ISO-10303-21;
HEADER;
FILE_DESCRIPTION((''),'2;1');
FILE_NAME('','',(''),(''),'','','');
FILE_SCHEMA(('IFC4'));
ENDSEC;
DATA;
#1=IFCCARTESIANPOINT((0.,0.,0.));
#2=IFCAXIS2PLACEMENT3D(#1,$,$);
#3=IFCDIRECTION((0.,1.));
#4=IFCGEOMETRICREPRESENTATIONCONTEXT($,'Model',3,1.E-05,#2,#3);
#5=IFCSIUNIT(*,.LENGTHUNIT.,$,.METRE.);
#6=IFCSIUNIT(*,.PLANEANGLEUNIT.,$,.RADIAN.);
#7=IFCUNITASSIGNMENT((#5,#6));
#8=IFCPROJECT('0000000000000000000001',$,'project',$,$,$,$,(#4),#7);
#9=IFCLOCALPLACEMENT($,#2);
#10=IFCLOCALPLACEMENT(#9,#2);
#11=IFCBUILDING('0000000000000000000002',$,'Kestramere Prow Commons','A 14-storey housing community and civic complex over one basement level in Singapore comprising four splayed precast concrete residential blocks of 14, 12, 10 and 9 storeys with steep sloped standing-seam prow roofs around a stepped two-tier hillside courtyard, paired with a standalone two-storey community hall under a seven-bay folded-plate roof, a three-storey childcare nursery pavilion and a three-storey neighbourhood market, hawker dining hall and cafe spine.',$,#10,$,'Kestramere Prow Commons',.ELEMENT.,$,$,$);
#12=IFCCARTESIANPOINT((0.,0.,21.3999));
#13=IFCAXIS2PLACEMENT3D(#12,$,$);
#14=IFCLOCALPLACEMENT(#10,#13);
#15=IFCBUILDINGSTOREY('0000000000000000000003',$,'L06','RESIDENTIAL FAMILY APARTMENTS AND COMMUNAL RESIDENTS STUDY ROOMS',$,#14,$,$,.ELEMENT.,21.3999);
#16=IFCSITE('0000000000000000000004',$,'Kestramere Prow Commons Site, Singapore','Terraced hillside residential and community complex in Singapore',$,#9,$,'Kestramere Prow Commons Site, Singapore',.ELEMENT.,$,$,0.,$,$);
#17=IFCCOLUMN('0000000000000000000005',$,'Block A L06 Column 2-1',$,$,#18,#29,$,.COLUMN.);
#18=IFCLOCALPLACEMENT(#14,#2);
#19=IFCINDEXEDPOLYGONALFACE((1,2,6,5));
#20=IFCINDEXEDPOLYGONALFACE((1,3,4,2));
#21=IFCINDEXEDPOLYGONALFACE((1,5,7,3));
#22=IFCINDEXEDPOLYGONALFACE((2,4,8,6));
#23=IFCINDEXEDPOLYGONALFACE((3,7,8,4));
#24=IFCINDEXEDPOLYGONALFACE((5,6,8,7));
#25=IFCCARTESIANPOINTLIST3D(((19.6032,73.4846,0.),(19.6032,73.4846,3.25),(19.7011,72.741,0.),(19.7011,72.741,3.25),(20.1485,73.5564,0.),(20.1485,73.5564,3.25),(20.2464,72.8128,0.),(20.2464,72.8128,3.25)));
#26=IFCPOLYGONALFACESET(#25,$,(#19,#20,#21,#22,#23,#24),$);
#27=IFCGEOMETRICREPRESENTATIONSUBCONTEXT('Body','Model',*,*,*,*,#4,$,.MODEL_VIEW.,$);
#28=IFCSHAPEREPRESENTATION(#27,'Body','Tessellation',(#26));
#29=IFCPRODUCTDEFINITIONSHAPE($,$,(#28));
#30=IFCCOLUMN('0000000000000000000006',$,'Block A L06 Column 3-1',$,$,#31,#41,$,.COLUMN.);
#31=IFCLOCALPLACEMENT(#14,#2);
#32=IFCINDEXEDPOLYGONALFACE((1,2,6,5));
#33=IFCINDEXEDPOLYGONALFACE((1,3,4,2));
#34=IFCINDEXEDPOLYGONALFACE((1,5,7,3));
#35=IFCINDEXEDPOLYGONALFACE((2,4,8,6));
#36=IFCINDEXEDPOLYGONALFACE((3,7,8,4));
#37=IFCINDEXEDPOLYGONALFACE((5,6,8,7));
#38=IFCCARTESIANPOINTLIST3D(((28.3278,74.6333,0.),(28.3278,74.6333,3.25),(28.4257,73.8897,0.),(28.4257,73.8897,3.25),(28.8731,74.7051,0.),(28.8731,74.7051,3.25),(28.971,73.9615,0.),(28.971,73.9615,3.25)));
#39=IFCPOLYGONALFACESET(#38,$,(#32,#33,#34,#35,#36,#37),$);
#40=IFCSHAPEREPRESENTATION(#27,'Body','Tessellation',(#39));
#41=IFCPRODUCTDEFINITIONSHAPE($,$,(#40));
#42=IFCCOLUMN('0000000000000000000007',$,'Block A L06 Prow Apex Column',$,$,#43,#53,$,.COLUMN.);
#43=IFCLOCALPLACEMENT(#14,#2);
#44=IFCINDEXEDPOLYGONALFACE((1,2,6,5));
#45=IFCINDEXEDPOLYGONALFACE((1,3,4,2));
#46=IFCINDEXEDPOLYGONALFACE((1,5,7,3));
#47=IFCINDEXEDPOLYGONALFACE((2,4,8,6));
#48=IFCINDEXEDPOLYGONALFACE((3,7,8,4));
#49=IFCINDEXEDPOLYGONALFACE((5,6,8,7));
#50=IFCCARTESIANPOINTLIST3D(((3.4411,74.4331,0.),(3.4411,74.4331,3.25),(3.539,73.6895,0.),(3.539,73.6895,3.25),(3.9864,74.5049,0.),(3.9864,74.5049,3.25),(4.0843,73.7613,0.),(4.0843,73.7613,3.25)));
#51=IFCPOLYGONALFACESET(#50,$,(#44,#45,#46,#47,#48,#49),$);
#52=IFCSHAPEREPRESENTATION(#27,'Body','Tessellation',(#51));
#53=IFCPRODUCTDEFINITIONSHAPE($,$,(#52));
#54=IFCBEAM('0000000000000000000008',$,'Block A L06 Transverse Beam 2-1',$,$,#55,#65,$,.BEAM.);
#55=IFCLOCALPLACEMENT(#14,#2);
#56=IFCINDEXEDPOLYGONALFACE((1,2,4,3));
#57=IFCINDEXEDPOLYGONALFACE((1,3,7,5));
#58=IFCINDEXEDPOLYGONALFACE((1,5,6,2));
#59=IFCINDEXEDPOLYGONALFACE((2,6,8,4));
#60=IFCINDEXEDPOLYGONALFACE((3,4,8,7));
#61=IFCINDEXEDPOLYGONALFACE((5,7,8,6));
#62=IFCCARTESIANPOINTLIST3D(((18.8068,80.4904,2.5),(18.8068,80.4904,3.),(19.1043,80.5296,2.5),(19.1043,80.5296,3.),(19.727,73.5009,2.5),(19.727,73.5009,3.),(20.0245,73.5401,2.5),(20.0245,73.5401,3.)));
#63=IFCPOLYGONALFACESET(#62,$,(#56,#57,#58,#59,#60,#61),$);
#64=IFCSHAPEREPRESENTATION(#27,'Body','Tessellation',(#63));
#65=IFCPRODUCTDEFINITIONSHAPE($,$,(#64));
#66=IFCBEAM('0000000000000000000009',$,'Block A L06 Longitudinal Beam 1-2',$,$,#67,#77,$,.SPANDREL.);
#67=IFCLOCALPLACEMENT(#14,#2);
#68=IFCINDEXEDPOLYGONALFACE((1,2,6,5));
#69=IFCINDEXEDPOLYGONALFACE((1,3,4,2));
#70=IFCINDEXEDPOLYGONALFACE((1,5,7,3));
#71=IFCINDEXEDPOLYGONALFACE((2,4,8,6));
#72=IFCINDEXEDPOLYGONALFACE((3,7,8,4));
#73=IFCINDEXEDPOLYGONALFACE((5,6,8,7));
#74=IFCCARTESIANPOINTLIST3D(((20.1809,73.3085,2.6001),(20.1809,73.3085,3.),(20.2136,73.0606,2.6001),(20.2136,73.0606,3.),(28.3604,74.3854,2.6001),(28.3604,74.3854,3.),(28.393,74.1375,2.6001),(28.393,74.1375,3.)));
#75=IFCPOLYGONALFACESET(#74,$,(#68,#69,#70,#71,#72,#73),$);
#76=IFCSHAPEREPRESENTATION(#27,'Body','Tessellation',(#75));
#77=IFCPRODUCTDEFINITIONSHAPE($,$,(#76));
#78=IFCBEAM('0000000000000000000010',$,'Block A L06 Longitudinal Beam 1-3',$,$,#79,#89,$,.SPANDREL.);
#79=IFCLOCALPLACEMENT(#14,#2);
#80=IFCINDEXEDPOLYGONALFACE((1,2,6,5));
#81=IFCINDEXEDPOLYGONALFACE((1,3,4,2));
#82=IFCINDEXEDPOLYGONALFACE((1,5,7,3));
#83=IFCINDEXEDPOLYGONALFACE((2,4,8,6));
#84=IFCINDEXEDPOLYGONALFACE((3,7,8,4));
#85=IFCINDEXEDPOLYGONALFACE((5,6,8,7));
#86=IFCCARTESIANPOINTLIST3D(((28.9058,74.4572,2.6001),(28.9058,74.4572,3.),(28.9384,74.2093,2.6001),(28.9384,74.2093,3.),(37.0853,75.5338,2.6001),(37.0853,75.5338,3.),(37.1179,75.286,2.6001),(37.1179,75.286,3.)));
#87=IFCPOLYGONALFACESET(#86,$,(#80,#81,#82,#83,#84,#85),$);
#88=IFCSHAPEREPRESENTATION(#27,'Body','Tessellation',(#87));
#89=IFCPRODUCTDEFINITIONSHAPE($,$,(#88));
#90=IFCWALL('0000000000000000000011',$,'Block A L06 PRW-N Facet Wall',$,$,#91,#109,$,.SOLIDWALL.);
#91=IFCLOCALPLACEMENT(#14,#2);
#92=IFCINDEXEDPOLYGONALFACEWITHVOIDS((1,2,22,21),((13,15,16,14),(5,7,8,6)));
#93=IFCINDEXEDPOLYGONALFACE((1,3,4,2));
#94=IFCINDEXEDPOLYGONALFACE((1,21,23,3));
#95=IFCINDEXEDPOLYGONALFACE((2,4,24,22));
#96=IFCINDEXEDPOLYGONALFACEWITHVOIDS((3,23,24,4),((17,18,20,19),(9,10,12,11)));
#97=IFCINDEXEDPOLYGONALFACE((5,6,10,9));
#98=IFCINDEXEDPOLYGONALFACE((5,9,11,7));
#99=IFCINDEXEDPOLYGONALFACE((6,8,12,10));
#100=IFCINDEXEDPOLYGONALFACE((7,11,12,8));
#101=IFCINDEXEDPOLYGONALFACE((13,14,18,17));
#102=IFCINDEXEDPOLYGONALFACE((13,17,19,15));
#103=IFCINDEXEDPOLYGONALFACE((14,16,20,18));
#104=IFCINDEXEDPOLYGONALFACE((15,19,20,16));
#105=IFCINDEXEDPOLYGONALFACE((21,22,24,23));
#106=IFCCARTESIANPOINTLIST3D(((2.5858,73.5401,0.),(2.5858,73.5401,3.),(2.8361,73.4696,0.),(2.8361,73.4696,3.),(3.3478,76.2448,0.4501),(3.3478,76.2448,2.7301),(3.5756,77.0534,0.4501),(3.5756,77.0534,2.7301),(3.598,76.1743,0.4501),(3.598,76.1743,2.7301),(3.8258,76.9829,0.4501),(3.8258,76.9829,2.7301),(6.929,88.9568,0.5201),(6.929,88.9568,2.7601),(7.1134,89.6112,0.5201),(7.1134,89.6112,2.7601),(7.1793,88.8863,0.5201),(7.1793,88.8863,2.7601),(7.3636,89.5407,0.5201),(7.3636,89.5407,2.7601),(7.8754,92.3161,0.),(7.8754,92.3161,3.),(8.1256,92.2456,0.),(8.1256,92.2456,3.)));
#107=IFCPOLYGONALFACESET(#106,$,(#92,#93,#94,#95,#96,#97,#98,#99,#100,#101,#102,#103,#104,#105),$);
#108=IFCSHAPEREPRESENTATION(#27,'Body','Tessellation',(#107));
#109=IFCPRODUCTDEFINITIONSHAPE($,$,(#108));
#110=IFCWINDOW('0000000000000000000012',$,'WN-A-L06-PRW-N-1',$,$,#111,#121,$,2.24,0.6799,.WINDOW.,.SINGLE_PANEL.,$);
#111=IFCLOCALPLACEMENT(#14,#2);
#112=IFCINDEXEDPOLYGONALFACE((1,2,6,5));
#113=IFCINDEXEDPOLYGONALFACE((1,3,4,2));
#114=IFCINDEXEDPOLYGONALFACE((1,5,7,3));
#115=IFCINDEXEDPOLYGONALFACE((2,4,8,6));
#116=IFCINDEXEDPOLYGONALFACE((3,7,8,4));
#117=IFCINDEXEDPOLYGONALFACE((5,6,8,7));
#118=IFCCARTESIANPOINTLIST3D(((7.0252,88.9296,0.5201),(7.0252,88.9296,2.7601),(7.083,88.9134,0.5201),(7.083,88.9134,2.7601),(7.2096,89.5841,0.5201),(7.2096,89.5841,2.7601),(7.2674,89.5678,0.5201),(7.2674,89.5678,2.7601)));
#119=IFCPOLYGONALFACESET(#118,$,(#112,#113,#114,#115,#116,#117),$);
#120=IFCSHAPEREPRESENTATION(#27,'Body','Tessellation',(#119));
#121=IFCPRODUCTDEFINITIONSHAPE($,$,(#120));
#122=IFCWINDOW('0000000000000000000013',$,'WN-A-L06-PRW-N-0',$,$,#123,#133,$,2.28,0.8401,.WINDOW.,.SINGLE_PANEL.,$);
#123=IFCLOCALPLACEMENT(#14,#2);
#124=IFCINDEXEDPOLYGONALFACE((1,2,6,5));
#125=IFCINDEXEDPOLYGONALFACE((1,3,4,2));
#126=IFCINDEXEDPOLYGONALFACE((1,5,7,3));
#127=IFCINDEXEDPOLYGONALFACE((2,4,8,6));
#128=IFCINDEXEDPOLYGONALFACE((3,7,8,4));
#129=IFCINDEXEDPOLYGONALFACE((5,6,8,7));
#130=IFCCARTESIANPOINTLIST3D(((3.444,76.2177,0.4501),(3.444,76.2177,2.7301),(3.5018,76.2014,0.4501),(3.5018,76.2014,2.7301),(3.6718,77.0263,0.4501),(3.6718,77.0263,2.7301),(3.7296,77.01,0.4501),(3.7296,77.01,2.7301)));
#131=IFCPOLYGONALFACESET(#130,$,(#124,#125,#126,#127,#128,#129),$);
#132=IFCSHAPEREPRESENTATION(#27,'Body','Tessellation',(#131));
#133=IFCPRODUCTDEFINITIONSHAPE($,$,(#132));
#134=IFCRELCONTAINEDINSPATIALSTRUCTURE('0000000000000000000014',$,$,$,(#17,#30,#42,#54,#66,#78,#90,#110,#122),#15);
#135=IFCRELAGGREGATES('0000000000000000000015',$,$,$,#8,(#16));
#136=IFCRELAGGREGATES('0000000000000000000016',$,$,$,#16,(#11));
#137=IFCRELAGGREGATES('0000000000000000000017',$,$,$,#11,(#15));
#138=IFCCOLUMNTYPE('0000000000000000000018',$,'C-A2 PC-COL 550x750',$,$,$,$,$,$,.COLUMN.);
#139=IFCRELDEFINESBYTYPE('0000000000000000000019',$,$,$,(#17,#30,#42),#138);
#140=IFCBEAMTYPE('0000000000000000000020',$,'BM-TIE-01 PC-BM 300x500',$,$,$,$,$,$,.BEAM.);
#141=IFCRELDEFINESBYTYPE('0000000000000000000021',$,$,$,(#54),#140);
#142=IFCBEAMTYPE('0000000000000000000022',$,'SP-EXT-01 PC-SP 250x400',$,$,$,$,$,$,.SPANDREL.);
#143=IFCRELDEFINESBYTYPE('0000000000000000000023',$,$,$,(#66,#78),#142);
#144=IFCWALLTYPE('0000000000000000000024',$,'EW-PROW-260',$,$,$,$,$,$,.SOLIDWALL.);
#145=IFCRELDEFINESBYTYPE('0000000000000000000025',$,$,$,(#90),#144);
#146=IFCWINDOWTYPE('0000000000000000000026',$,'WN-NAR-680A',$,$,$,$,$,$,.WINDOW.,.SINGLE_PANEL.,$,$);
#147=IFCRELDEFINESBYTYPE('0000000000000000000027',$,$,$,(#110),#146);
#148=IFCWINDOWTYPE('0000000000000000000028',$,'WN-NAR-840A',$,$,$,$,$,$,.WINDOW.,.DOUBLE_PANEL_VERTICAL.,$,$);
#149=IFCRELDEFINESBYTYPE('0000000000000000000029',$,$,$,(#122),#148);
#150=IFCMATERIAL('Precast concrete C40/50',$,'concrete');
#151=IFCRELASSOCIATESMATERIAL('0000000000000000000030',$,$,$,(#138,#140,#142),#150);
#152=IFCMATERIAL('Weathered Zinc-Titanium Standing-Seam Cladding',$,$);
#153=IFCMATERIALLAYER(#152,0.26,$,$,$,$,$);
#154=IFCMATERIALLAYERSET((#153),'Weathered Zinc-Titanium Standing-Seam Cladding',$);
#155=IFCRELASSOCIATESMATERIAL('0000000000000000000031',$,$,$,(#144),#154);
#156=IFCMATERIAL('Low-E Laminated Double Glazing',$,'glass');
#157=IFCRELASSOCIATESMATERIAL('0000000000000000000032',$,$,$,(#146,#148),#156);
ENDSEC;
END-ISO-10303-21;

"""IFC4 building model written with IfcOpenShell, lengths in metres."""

from ifc_helpers import new_model, si_unit, direction, frame, frame_2d, origin, origin_2d, place, context, subcontext, project, spatial, rectangle, extrude, material, layer, layer_set, material_profile, profile_set, type_object, element, fill, save


model = new_model("IFC4")

# Units and contexts
model_context = context("Model", 3, precision=1e-05, world=origin(), true_north=direction((0.0, 1.0)))
body_context = subcontext(model_context, "Body", "Model", "MODEL_VIEW")
ifc_project = project(units=[si_unit("LENGTHUNIT", "METRE"), si_unit("PLANEANGLEUNIT", "RADIAN")], contexts=[model_context])

# Site, building, storey
site_placement = place(None, origin())
site = spatial("IfcSite", under=ifc_project, at=site_placement, Name="Kestramere Prow Commons Site, Singapore", Description="Terraced hillside residential and community complex in Singapore", LongName="Kestramere Prow Commons Site, Singapore", CompositionType="ELEMENT", RefElevation=0.0)
building_placement = place(site_placement, origin())
building = spatial("IfcBuilding", under=site, at=building_placement, Name="Kestramere Prow Commons", Description="A 14-storey housing community and civic complex over one basement level in Singapore comprising four splayed precast concrete residential blocks of 14, 12, 10 and 9 storeys with steep sloped standing-seam prow roofs around a stepped two-tier hillside courtyard, paired with a standalone two-storey community hall under a seven-bay folded-plate roof, a three-storey childcare nursery pavilion and a three-storey neighbourhood market, hawker dining hall and cafe spine.", LongName="Kestramere Prow Commons", CompositionType="ELEMENT")
storey_placement = place(building_placement, frame((0.0, 0.0, 21.3999)))
storey = spatial("IfcBuildingStorey", under=building, at=storey_placement, Name="L06", Description="RESIDENTIAL FAMILY APARTMENTS AND COMMUNAL RESIDENTS STUDY ROOMS", CompositionType="ELEMENT", Elevation=21.3999)

# Columns
ifc_material_1 = material(Name="Precast concrete C40/50", Category="concrete")
ifc_material_profile_1 = material_profile(ifc_material_1, rectangle(XDim=0.55, YDim=0.75, at=origin_2d()), Name="PC-COL 550x750")
ifc_profile_set_1 = profile_set([ifc_material_profile_1], Name="Precast concrete C40/50")
column_type = type_object("IfcColumnType", Name="C-A2 PC-COL 550x750", PredefinedType="COLUMN", material=ifc_profile_set_1)
for number, where, z_axis, x_axis, name in (
    (1, (19.9248, 73.1487, 0.0), (0.0, 0.0, 1.0), (0.991445, 0.130526, 0.0), "Block A L06 Column 2-1"),
    (2, (28.6494, 74.2974, 0.0), (0.0, 0.0, 1.0), (0.991445, 0.130526, 0.0), "Block A L06 Column 3-1"),
    (3, (3.7627, 74.0972, 0.0), (0.0, 0.0, 1.0), (0.991445, 0.130526, 0.0), "Block A L06 Prow Apex Column"),
):
    element("IfcColumn", number, at=place(storey_placement, frame(where, z_axis=z_axis, x_axis=x_axis)), inside=storey, type_object=column_type, Name=name, PredefinedType="COLUMN", context=body_context, shape_type="SweptSolid", body=[
        extrude(rectangle(XDim=0.55, YDim=0.75, at=origin_2d()), origin(), (0.0, 0.0, 1.0), 3.25),
    ])

# Beams
ifc_material_profile_2 = material_profile(ifc_material_1, rectangle(XDim=0.3, YDim=0.5, at=origin_2d()), Name="PC-BM 300x500")
ifc_profile_set_2 = profile_set([ifc_material_profile_2], Name="Precast concrete C40/50")
beam_type_1 = type_object("IfcBeamType", Name="BM-TIE-01 PC-BM 300x500", PredefinedType="BEAM", material=ifc_profile_set_2)
beam_placement = place(storey_placement, frame((19.8757, 73.5205, 2.75), z_axis=(-0.130523, 0.991445, 0.0), x_axis=(-0.991445, -0.130523, 0.0)))
element("IfcBeam", 4, at=beam_placement, inside=storey, type_object=beam_type_1, Name="Block A L06 Transverse Beam 2-1", PredefinedType="BEAM", context=body_context, shape_type="SweptSolid", body=[
    extrude(rectangle(XDim=0.3, YDim=0.5, at=origin_2d()), origin(), (0.0, 0.0, 1.0), 7.0498),
])
ifc_material_profile_3 = material_profile(ifc_material_1, rectangle(XDim=0.25, YDim=0.3999, at=origin_2d()), Name="PC-SP 250x400")
ifc_profile_set_3 = profile_set([ifc_material_profile_3], Name="Precast concrete C40/50")
beam_type_2 = type_object("IfcBeamType", Name="SP-EXT-01 PC-SP 250x400", PredefinedType="SPANDREL", material=ifc_profile_set_3)
for number, where, z_axis, x_axis, name in (
    (5, (20.1973, 73.1846, 2.8), (0.991444, 0.130533, 0.0), (-0.130533, 0.991444, 0.0), "Block A L06 Longitudinal Beam 1-2"),
    (6, (28.9221, 74.3333, 2.8), (0.991448, 0.130504, 0.0), (-0.130504, 0.991448, 0.0), "Block A L06 Longitudinal Beam 1-3"),
):
    element("IfcBeam", number, at=place(storey_placement, frame(where, z_axis=z_axis, x_axis=x_axis)), inside=storey, type_object=beam_type_2, Name=name, PredefinedType="SPANDREL", context=body_context, shape_type="SweptSolid", body=[
        extrude(rectangle(XDim=0.25, YDim=0.3999, at=origin_2d()), origin(), (0.0, 0.0, 1.0), 8.25),
    ])

# Wall, openings, windows
ifc_material_2 = material(Name="Weathered Zinc-Titanium Standing-Seam Cladding")
ifc_layer_1 = layer(ifc_material_2, 0.26)
ifc_layer_set_1 = layer_set([ifc_layer_1], Name="Weathered Zinc-Titanium Standing-Seam Cladding")
wall_type_1 = type_object("IfcWallType", Name="EW-PROW-260", PredefinedType="SOLIDWALL", material=ifc_layer_set_1)
wall_1_placement = place(storey_placement, frame((2.7109, 73.5049, 0.0), z_axis=(0.0, 0.0, 1.0), x_axis=(0.271165, 0.962533, 0.0)))
wall_1 = element("IfcWall", 7, at=wall_1_placement, inside=storey, type_object=wall_type_1, Name="Block A L06 PRW-N Facet Wall", PredefinedType="SOLIDWALL", context=body_context, shape_type="SweptSolid", body=[
    extrude(rectangle(XDim=19.5068, YDim=0.26, at=frame_2d((9.7534, 0.0))), origin(), (0.0, 0.0, 1.0), 3.0),
])
opening_1_placement = place(wall_1_placement, frame((2.8101, 0.0, 0.45)))
opening_1 = element("IfcOpeningElement", 8, at=opening_1_placement, cuts=wall_1, PredefinedType="OPENING", context=body_context, shape_type="SweptSolid", body=[
    extrude(rectangle(XDim=0.8401, YDim=2.28, at=frame_2d((0.4199, 1.1401))), frame((0.0, 0.145, 0.0), z_axis=(0.0, -1.0, 0.0), x_axis=(1.0, 0.0, 0.0)), (0.0, 0.0, 1.0), 0.29),
])
opening_2_placement = place(wall_1_placement, frame((16.0168, 0.0, 0.52)))
opening_2 = element("IfcOpeningElement", 9, at=opening_2_placement, cuts=wall_1, PredefinedType="OPENING", context=body_context, shape_type="SweptSolid", body=[
    extrude(rectangle(XDim=0.6799, YDim=2.24, at=frame_2d((0.3398, 1.1201))), frame((0.0, 0.145, 0.0), z_axis=(0.0, -1.0, 0.0), x_axis=(1.0, 0.0, 0.0)), (0.0, 0.0, 1.0), 0.29),
])
ifc_material_3 = material(Name="Low-E Laminated Double Glazing", Category="glass")
window_type_1 = type_object("IfcWindowType", Name="WN-NAR-680A", PartitioningType="SINGLE_PANEL", PredefinedType="WINDOW", material=ifc_material_3)
window_1_placement = place(opening_2_placement, origin())
window_1 = element("IfcWindow", 10, at=window_1_placement, inside=storey, type_object=window_type_1, Name="WN-A-L06-PRW-N-1", OverallHeight=2.24, OverallWidth=0.6799, PartitioningType="SINGLE_PANEL", PredefinedType="WINDOW", context=body_context, shape_type="SweptSolid", body=[
    extrude(rectangle(XDim=0.6799, YDim=2.24, at=frame_2d((0.3398, 1.1201))), frame((0.0, 0.03, 0.0), z_axis=(0.0, -1.0, 0.0), x_axis=(1.0, 0.0, 0.0)), (0.0, 0.0, 1.0), 0.0601),
])
fill(opening_2, window_1)
window_type_2 = type_object("IfcWindowType", Name="WN-NAR-840A", PartitioningType="DOUBLE_PANEL_VERTICAL", PredefinedType="WINDOW", material=ifc_material_3)
window_2_placement = place(opening_1_placement, origin())
window_2 = element("IfcWindow", 11, at=window_2_placement, inside=storey, type_object=window_type_2, Name="WN-A-L06-PRW-N-0", OverallHeight=2.28, OverallWidth=0.8401, PartitioningType="SINGLE_PANEL", PredefinedType="WINDOW", context=body_context, shape_type="SweptSolid", body=[
    extrude(rectangle(XDim=0.8401, YDim=2.28, at=frame_2d((0.4199, 1.1401))), frame((0.0, 0.03, 0.0), z_axis=(0.0, -1.0, 0.0), x_axis=(1.0, 0.0, 0.0)), (0.0, 0.0, 1.0), 0.0601),
])
fill(opening_1, window_2)

save(model, "model.ifc")
